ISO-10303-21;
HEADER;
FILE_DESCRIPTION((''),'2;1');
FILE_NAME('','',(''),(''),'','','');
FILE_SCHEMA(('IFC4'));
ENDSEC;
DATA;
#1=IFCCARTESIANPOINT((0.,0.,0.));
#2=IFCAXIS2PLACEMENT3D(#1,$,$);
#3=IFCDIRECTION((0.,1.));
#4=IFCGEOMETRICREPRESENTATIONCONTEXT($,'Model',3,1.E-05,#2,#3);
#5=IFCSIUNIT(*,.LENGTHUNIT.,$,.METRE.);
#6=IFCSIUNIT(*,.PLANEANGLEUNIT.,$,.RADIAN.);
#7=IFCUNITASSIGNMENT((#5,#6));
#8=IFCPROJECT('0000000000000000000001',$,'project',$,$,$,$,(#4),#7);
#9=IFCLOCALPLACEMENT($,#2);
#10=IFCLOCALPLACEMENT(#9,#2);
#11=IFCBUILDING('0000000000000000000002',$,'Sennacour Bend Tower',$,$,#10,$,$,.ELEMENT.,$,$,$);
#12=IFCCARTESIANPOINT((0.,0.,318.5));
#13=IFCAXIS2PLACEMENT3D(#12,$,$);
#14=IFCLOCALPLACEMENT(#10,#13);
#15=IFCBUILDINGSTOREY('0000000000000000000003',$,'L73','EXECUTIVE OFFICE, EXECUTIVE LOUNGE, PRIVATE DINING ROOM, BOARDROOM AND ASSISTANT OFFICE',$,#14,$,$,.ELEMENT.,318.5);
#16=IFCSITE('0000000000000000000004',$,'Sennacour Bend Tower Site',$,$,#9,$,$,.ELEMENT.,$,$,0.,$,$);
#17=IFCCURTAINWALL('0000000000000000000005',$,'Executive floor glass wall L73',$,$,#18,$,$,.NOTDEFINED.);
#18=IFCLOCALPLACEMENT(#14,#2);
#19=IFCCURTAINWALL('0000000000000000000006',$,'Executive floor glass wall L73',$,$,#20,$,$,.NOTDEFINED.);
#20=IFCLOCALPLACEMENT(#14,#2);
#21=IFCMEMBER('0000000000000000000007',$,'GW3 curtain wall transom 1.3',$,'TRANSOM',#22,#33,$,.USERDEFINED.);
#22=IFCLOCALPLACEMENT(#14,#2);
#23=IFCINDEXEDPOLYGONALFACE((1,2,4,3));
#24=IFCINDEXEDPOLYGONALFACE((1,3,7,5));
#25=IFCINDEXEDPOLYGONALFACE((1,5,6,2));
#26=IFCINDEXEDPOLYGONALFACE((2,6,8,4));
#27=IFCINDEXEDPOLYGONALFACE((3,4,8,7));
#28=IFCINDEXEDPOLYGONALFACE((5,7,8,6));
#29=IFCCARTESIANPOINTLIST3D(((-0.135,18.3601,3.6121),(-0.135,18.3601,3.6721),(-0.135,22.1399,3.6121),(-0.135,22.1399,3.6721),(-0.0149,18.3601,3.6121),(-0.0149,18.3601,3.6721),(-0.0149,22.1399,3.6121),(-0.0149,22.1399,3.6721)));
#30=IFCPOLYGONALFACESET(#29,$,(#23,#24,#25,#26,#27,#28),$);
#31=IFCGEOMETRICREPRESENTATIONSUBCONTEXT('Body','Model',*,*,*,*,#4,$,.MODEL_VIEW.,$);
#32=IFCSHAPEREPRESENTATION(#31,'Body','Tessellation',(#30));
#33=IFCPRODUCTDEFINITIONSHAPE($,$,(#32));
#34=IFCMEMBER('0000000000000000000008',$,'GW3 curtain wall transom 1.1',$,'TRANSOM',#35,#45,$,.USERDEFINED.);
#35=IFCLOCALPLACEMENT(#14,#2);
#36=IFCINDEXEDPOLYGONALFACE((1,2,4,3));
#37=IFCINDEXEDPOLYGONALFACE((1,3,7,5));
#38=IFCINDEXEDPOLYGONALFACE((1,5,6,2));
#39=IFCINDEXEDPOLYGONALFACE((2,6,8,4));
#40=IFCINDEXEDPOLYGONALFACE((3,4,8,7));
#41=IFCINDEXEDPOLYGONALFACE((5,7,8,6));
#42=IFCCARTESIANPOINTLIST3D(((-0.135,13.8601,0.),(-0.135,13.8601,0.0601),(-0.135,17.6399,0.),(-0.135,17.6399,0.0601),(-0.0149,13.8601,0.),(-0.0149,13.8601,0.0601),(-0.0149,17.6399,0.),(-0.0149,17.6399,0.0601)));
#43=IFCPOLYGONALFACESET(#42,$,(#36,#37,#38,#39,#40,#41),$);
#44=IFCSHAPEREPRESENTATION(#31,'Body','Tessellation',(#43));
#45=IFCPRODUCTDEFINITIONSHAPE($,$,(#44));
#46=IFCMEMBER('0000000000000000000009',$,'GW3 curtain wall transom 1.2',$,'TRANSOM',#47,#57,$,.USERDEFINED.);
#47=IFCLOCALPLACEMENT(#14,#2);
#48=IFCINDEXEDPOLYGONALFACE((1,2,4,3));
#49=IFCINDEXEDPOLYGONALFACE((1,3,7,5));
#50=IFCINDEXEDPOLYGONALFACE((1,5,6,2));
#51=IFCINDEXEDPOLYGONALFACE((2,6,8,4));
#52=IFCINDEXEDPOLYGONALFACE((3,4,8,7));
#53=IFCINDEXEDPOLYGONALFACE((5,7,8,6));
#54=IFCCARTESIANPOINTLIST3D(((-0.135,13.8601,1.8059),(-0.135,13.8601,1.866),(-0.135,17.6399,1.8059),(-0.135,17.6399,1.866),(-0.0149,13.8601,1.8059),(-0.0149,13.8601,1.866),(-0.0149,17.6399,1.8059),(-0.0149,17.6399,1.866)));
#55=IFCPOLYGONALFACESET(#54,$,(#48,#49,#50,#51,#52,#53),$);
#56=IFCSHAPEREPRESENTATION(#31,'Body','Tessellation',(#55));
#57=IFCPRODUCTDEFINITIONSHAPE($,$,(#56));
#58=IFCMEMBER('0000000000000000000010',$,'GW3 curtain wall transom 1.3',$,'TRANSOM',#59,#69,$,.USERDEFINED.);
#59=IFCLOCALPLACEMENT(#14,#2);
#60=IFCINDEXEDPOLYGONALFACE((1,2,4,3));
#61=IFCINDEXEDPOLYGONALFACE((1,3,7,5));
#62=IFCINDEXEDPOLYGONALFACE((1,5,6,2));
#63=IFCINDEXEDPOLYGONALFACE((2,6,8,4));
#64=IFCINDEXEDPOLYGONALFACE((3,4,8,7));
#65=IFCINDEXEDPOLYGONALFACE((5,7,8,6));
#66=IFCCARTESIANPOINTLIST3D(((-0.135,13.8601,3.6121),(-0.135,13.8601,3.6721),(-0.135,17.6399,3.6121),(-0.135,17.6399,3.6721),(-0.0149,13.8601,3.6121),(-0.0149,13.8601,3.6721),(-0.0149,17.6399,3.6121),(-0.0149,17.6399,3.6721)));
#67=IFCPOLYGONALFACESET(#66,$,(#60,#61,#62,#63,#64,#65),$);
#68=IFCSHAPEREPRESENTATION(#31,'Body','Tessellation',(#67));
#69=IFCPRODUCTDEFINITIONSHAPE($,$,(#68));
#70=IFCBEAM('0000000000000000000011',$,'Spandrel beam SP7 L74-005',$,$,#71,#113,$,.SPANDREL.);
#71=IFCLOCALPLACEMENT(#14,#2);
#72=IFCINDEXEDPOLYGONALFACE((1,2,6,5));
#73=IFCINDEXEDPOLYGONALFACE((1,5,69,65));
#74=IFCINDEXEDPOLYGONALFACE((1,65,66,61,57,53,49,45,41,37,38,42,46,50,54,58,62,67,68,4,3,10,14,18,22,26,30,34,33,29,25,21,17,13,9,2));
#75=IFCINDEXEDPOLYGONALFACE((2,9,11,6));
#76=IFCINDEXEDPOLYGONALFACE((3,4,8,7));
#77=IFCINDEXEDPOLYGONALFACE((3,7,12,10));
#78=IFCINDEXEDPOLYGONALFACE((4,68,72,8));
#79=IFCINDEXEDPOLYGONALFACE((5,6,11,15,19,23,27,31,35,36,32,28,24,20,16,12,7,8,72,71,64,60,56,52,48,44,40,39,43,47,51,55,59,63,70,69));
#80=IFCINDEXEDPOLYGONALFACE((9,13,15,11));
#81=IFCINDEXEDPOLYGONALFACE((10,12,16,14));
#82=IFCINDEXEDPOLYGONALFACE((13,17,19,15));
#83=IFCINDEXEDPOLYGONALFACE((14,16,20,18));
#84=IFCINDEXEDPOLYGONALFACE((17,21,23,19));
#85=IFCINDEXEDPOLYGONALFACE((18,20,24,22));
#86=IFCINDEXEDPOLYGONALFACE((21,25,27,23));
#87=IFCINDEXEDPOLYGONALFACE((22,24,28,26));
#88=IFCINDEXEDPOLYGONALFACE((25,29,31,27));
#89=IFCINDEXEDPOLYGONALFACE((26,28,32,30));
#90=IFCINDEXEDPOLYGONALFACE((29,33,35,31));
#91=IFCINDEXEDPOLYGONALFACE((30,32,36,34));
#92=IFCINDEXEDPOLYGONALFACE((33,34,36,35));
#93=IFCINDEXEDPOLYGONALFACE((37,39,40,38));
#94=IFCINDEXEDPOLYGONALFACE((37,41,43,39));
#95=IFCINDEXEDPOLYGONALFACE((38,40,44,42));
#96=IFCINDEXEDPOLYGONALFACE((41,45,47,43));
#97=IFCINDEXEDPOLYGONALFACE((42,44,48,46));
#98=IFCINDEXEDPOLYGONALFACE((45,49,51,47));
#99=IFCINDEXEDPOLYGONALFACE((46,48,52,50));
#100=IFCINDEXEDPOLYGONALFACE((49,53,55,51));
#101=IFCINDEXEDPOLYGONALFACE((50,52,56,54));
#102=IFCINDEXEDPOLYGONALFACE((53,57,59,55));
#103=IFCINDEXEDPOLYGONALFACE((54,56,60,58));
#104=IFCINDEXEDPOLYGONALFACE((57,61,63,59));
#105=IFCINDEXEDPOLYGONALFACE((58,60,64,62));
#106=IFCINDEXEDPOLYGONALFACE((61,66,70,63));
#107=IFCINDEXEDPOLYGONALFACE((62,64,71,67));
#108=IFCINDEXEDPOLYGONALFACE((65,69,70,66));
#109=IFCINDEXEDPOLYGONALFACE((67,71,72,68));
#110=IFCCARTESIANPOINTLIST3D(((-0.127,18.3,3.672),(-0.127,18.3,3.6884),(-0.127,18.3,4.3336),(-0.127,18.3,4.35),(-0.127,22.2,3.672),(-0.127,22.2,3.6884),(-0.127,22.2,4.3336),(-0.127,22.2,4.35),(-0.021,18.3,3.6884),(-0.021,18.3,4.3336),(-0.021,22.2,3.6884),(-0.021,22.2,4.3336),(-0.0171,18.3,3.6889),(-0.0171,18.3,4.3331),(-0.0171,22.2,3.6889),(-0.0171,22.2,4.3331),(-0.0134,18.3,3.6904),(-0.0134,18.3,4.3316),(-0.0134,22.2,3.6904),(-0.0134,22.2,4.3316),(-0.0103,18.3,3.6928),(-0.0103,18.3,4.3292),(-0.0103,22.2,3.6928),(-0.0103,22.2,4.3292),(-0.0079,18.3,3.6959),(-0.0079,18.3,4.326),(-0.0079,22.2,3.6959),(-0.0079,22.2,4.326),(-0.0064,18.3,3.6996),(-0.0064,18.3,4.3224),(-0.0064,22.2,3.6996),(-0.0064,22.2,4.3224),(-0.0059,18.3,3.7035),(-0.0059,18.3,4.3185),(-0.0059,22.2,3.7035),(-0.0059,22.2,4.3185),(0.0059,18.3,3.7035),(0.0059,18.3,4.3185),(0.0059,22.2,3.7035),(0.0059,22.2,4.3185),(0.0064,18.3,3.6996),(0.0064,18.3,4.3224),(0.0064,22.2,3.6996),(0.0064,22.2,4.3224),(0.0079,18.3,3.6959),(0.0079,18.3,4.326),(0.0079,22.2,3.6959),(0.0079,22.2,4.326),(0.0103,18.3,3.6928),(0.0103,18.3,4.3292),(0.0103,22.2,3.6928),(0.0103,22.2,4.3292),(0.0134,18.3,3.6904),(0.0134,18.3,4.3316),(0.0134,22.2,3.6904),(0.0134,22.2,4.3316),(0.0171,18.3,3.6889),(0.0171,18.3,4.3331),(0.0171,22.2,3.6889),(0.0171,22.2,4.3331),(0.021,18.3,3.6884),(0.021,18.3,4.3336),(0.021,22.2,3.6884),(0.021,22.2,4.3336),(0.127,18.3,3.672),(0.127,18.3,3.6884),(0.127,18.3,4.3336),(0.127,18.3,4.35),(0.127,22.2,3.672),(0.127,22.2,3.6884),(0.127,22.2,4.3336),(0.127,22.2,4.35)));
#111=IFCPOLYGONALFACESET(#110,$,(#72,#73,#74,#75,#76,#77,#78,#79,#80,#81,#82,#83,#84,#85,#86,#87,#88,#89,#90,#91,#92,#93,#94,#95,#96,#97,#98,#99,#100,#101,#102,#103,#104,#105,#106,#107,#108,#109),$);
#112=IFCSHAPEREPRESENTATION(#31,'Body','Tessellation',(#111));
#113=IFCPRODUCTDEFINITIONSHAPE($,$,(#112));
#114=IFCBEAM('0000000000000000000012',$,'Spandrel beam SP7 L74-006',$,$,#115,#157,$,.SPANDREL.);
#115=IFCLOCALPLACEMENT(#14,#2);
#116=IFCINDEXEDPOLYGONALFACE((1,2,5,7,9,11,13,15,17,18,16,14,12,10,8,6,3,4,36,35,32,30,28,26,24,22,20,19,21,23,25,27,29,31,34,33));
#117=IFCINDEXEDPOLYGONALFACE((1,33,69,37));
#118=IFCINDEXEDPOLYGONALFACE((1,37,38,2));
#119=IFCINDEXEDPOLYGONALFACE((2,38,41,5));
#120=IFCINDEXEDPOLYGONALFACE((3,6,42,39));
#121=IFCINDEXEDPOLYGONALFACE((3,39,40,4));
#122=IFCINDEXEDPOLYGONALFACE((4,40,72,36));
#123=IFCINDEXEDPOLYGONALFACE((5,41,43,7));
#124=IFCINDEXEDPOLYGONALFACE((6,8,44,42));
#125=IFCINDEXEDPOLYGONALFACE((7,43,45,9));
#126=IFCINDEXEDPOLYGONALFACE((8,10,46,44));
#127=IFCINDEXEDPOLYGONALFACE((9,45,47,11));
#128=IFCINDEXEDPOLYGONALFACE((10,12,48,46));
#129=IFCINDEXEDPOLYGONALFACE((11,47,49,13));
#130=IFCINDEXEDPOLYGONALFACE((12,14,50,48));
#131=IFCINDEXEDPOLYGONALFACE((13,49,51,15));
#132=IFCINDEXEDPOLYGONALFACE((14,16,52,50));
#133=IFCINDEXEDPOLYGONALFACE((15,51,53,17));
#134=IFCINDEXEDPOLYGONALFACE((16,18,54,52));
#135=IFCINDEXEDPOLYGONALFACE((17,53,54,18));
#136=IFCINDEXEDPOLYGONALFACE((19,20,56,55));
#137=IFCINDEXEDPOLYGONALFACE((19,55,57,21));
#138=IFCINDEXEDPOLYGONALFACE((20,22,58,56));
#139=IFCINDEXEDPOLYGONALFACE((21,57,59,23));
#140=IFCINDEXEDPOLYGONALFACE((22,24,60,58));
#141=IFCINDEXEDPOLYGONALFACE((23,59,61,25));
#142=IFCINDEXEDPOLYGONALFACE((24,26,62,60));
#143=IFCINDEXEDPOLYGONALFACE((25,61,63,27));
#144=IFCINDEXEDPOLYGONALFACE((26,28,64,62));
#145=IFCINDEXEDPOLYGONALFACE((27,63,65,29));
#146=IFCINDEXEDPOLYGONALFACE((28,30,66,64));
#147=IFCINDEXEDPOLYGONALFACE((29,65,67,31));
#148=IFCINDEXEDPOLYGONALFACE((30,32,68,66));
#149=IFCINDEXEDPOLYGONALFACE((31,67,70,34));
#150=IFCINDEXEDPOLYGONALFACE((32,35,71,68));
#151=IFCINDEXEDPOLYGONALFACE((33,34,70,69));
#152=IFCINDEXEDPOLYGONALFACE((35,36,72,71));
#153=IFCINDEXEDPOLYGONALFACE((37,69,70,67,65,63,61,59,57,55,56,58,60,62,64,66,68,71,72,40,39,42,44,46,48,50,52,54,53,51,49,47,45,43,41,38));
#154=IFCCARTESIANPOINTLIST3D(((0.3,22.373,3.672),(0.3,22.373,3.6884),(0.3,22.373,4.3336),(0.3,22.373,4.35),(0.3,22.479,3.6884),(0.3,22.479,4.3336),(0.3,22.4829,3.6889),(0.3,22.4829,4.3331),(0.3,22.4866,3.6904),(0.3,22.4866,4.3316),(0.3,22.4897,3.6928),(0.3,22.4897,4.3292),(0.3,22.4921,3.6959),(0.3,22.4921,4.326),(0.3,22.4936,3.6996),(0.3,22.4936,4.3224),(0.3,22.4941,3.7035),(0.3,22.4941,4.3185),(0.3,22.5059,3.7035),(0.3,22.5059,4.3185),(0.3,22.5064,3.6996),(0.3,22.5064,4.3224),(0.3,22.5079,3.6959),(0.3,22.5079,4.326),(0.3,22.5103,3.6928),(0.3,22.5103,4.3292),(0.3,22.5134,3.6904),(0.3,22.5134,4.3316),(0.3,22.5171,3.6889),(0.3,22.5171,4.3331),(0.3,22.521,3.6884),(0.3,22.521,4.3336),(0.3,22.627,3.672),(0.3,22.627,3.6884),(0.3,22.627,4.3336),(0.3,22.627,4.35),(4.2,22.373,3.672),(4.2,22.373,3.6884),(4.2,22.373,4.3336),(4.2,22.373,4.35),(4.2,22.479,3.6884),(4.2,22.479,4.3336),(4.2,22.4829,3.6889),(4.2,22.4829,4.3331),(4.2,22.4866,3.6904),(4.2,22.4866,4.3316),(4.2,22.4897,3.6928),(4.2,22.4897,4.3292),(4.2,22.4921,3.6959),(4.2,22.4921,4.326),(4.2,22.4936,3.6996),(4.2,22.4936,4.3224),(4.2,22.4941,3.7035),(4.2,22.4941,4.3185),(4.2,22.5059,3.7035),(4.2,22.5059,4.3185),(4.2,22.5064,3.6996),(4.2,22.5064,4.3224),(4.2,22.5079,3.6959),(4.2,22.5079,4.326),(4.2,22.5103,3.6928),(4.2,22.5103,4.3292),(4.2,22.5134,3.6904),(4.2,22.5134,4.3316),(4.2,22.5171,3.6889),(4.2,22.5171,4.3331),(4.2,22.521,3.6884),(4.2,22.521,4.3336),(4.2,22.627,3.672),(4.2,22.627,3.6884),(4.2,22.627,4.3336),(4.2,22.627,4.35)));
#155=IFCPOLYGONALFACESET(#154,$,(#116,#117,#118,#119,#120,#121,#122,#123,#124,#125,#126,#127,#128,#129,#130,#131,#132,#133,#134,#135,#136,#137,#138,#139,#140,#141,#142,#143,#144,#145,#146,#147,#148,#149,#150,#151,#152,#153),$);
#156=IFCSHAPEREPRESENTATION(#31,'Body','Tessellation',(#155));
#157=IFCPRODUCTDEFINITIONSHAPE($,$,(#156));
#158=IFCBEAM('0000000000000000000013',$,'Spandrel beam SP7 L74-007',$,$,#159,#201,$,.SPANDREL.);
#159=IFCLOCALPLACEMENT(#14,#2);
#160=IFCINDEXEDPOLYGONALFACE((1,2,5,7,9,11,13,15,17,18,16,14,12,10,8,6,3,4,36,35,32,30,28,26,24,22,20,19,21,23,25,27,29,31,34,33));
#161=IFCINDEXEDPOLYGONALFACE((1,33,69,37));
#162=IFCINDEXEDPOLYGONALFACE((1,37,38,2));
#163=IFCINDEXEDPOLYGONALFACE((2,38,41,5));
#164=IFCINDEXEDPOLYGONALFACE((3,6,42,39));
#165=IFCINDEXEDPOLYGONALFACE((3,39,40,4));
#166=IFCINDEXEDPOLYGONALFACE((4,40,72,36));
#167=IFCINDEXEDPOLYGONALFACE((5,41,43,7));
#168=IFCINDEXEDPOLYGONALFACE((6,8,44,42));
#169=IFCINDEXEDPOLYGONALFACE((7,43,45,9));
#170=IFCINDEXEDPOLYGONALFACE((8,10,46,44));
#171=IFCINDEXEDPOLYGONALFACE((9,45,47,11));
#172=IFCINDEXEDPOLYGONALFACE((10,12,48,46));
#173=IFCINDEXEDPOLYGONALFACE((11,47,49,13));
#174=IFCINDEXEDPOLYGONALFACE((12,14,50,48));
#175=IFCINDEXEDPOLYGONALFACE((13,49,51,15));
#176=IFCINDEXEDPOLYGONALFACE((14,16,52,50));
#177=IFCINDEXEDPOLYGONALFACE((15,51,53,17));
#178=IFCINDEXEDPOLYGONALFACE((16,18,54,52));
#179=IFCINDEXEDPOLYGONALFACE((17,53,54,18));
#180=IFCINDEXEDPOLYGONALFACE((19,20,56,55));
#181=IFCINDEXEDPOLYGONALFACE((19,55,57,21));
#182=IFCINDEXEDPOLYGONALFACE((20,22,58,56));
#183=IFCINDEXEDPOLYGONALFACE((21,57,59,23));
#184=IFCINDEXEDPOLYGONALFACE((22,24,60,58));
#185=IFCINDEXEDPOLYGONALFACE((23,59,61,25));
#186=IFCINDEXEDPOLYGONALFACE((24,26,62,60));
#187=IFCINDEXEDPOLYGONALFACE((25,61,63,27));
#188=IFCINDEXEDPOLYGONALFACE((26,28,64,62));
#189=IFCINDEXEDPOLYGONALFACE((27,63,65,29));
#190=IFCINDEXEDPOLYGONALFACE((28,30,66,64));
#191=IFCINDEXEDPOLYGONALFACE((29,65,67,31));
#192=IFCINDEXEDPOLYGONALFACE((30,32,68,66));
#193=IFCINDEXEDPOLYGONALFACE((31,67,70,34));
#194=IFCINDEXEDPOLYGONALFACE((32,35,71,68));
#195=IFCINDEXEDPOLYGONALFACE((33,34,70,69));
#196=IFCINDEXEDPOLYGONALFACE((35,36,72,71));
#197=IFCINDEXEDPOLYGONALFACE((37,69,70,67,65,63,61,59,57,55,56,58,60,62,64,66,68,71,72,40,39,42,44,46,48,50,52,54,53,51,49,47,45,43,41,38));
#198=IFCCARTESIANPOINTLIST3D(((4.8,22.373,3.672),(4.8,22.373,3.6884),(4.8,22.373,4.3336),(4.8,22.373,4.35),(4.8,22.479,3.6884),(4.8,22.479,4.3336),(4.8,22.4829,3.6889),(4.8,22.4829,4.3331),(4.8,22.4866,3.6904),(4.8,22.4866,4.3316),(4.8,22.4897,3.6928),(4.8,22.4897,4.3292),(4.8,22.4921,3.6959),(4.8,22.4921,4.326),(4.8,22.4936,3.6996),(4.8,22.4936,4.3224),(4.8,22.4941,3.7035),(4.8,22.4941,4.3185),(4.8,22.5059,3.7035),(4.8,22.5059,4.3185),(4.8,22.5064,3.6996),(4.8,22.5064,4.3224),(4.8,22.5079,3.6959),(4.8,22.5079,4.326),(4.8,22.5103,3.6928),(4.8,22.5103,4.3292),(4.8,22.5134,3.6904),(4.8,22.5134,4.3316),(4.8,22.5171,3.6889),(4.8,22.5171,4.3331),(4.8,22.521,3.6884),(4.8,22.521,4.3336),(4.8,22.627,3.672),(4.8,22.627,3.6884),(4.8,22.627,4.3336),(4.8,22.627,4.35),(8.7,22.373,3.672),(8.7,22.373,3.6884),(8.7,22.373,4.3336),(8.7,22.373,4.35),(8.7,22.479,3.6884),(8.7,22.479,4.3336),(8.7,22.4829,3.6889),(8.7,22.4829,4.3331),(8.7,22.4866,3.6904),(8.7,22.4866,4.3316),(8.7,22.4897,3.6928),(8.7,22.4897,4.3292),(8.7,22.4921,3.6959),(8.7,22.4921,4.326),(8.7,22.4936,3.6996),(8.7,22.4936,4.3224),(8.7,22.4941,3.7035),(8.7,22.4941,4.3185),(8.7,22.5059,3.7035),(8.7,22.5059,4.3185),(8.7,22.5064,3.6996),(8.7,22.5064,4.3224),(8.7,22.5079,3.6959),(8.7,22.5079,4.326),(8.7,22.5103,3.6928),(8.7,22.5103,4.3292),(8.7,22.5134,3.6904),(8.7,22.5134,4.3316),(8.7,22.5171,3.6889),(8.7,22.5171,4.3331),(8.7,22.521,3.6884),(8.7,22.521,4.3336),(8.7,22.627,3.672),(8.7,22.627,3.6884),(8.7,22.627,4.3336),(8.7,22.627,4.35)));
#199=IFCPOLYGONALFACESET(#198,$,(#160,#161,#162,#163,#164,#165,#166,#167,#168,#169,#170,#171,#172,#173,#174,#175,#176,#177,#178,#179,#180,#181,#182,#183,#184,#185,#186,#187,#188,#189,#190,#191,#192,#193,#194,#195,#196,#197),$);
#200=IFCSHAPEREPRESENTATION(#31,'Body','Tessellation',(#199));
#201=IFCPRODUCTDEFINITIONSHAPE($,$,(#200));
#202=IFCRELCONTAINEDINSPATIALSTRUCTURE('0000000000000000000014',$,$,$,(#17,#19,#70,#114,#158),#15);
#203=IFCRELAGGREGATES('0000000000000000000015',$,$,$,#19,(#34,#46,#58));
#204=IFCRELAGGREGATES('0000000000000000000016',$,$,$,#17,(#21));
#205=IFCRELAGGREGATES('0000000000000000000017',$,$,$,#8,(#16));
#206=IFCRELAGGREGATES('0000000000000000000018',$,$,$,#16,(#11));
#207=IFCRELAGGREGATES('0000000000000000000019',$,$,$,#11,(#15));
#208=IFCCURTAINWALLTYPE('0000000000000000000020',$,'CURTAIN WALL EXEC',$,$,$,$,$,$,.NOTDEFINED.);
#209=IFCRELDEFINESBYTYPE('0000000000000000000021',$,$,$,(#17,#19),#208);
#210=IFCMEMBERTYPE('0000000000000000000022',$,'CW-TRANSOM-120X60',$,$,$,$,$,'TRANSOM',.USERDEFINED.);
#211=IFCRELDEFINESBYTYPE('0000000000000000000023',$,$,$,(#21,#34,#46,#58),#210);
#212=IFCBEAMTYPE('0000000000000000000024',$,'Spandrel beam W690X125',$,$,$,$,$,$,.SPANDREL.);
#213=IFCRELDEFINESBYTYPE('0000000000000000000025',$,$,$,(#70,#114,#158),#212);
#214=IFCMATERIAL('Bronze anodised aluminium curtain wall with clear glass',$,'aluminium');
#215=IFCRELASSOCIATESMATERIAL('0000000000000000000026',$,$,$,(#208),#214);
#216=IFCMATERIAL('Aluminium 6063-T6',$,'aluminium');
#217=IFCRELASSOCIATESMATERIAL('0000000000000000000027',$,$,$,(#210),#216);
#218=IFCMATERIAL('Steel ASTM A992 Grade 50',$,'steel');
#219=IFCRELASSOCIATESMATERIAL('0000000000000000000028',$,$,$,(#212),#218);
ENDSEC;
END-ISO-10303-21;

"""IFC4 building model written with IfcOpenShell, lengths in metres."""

from ifc_helpers import new_model, si_unit, direction, frame, origin, origin_2d, place, context, subcontext, project, spatial, rectangle, i_section, extrude, material, material_profile, profile_set, type_object, element, aggregate, save


model = new_model("IFC4")

# Units and contexts
model_context = context("Model", 3, precision=1e-05, world=origin(), true_north=direction((0.0, 1.0)))
body_context = subcontext(model_context, "Body", "Model", "MODEL_VIEW")
ifc_project = project(units=[si_unit("LENGTHUNIT", "METRE"), si_unit("PLANEANGLEUNIT", "RADIAN")], contexts=[model_context])

# Site, building, storey
site_placement = place(None, origin())
site = spatial("IfcSite", under=ifc_project, at=site_placement, Name="Sennacour Bend Tower Site", CompositionType="ELEMENT", RefElevation=0.0)
building_placement = place(site_placement, origin())
building = spatial("IfcBuilding", under=site, at=building_placement, Name="Sennacour Bend Tower", CompositionType="ELEMENT")
storey_placement = place(building_placement, frame((0.0, 0.0, 318.5)))
storey = spatial("IfcBuildingStorey", under=building, at=storey_placement, Name="L73", Description="EXECUTIVE OFFICE, EXECUTIVE LOUNGE, PRIVATE DINING ROOM, BOARDROOM AND ASSISTANT OFFICE", CompositionType="ELEMENT", Elevation=318.5)

# Shared definitions
ifc_material_1 = material(Name="Bronze anodised aluminium curtain wall with clear glass", Category="aluminium")
curtain_wall_type = type_object("IfcCurtainWallType", Name="CURTAIN WALL EXEC", PredefinedType="NOTDEFINED", material=ifc_material_1)
ifc_material_2 = material(Name="Aluminium 6063-T6", Category="aluminium")

# Curtain wall
curtain_wall_1_placement = place(storey_placement, origin())
curtain_wall_1 = element("IfcCurtainWall", 1, at=curtain_wall_1_placement, inside=storey, type_object=curtain_wall_type, Name="Executive floor glass wall L73", PredefinedType="NOTDEFINED")

# Curtain wall
curtain_wall_2_placement = place(storey_placement, origin())
curtain_wall_2 = element("IfcCurtainWall", 2, at=curtain_wall_2_placement, inside=storey, type_object=curtain_wall_type, Name="Executive floor glass wall L73", PredefinedType="NOTDEFINED")

# Members
ifc_material_profile_1 = material_profile(ifc_material_2, rectangle(XDim=0.1201, YDim=0.0601, at=origin_2d()), Name="Aluminium 6063-T6", Category="aluminium")
ifc_profile_set_1 = profile_set([ifc_material_profile_1], Name="Aluminium 6063-T6")
member_type_1 = type_object("IfcMemberType", Name="CW-TRANSOM-120X60", ElementType="TRANSOM", PredefinedType="USERDEFINED", material=ifc_profile_set_1)
member_1_placement = place(storey_placement, frame((-0.075, 22.1399, 3.6421), z_axis=(0.0, -1.0, 0.0), x_axis=(1.0, 0.0, 0.0)))
member_1 = element("IfcMember", 3, at=member_1_placement, type_object=member_type_1, Name="GW3 curtain wall transom 1.3", ObjectType="TRANSOM", PredefinedType="USERDEFINED", context=body_context, shape_type="SweptSolid", body=[
    extrude(rectangle(XDim=0.1201, YDim=0.0601, at=origin_2d()), origin(), (0.0, 0.0, 1.0), 3.7798),
])
member_2_placement = place(storey_placement, frame((-0.075, 17.6399, 0.03), z_axis=(0.0, -1.0, 0.0), x_axis=(1.0, 0.0, 0.0)))
member_2 = element("IfcMember", 4, at=member_2_placement, type_object=member_type_1, Name="GW3 curtain wall transom 1.1", ObjectType="TRANSOM", PredefinedType="USERDEFINED", context=body_context, shape_type="SweptSolid", body=[
    extrude(rectangle(XDim=0.1201, YDim=0.0601, at=origin_2d()), origin(), (0.0, 0.0, 1.0), 3.7798),
])
member_3_placement = place(storey_placement, frame((-0.075, 17.6399, 1.8359), z_axis=(0.0, -1.0, 0.0), x_axis=(1.0, 0.0, 0.0)))
member_3 = element("IfcMember", 5, at=member_3_placement, type_object=member_type_1, Name="GW3 curtain wall transom 1.2", ObjectType="TRANSOM", PredefinedType="USERDEFINED", context=body_context, shape_type="SweptSolid", body=[
    extrude(rectangle(XDim=0.1201, YDim=0.0601, at=origin_2d()), origin(), (0.0, 0.0, 1.0), 3.7798),
])
member_4_placement = place(storey_placement, frame((-0.075, 17.6399, 3.6421), z_axis=(0.0, -1.0, 0.0), x_axis=(1.0, 0.0, 0.0)))
member_4 = element("IfcMember", 6, at=member_4_placement, type_object=member_type_1, Name="GW3 curtain wall transom 1.3", ObjectType="TRANSOM", PredefinedType="USERDEFINED", context=body_context, shape_type="SweptSolid", body=[
    extrude(rectangle(XDim=0.1201, YDim=0.0601, at=origin_2d()), origin(), (0.0, 0.0, 1.0), 3.7798),
])
aggregate(curtain_wall_2, [member_2, member_3, member_4])

# Beams
ifc_material_3 = material(Name="Steel ASTM A992 Grade 50", Category="steel")
ifc_material_profile_2 = material_profile(ifc_material_3, i_section(OverallWidth=0.2539, OverallDepth=0.678, WebThickness=0.0117, FlangeThickness=0.0164, FilletRadius=0.0151, at=origin_2d()), Name="Steel ASTM A992 Grade 50", Category="steel")
ifc_profile_set_2 = profile_set([ifc_material_profile_2], Name="Steel ASTM A992 Grade 50")
beam_type = type_object("IfcBeamType", Name="Spandrel beam W690X125", PredefinedType="SPANDREL", material=ifc_profile_set_2)
for number, where, z_axis, x_axis, name in (
    (7, (0.0, 18.3, 4.011), (0.0, 1.0, 0.0), (-1.0, 0.0, 0.0), "Spandrel beam SP7 L74-005"),
    (8, (0.3, 22.5, 4.011), (1.0, 0.0, 0.0), (0.0, 1.0, 0.0), "Spandrel beam SP7 L74-006"),
    (9, (4.8, 22.5, 4.011), (1.0, 0.0, 0.0), (0.0, 1.0, 0.0), "Spandrel beam SP7 L74-007"),
):
    element("IfcBeam", number, at=place(storey_placement, frame(where, z_axis=z_axis, x_axis=x_axis)), inside=storey, type_object=beam_type, Name=name, PredefinedType="SPANDREL", context=body_context, shape_type="SweptSolid", body=[
        extrude(i_section(OverallWidth=0.2539, OverallDepth=0.678, WebThickness=0.0117, FlangeThickness=0.0164, FilletRadius=0.0151, at=origin_2d()), origin(), (0.0, 0.0, 1.0), 3.8999),
    ])

aggregate(curtain_wall_1, [member_1])

save(model, "model.ifc")
